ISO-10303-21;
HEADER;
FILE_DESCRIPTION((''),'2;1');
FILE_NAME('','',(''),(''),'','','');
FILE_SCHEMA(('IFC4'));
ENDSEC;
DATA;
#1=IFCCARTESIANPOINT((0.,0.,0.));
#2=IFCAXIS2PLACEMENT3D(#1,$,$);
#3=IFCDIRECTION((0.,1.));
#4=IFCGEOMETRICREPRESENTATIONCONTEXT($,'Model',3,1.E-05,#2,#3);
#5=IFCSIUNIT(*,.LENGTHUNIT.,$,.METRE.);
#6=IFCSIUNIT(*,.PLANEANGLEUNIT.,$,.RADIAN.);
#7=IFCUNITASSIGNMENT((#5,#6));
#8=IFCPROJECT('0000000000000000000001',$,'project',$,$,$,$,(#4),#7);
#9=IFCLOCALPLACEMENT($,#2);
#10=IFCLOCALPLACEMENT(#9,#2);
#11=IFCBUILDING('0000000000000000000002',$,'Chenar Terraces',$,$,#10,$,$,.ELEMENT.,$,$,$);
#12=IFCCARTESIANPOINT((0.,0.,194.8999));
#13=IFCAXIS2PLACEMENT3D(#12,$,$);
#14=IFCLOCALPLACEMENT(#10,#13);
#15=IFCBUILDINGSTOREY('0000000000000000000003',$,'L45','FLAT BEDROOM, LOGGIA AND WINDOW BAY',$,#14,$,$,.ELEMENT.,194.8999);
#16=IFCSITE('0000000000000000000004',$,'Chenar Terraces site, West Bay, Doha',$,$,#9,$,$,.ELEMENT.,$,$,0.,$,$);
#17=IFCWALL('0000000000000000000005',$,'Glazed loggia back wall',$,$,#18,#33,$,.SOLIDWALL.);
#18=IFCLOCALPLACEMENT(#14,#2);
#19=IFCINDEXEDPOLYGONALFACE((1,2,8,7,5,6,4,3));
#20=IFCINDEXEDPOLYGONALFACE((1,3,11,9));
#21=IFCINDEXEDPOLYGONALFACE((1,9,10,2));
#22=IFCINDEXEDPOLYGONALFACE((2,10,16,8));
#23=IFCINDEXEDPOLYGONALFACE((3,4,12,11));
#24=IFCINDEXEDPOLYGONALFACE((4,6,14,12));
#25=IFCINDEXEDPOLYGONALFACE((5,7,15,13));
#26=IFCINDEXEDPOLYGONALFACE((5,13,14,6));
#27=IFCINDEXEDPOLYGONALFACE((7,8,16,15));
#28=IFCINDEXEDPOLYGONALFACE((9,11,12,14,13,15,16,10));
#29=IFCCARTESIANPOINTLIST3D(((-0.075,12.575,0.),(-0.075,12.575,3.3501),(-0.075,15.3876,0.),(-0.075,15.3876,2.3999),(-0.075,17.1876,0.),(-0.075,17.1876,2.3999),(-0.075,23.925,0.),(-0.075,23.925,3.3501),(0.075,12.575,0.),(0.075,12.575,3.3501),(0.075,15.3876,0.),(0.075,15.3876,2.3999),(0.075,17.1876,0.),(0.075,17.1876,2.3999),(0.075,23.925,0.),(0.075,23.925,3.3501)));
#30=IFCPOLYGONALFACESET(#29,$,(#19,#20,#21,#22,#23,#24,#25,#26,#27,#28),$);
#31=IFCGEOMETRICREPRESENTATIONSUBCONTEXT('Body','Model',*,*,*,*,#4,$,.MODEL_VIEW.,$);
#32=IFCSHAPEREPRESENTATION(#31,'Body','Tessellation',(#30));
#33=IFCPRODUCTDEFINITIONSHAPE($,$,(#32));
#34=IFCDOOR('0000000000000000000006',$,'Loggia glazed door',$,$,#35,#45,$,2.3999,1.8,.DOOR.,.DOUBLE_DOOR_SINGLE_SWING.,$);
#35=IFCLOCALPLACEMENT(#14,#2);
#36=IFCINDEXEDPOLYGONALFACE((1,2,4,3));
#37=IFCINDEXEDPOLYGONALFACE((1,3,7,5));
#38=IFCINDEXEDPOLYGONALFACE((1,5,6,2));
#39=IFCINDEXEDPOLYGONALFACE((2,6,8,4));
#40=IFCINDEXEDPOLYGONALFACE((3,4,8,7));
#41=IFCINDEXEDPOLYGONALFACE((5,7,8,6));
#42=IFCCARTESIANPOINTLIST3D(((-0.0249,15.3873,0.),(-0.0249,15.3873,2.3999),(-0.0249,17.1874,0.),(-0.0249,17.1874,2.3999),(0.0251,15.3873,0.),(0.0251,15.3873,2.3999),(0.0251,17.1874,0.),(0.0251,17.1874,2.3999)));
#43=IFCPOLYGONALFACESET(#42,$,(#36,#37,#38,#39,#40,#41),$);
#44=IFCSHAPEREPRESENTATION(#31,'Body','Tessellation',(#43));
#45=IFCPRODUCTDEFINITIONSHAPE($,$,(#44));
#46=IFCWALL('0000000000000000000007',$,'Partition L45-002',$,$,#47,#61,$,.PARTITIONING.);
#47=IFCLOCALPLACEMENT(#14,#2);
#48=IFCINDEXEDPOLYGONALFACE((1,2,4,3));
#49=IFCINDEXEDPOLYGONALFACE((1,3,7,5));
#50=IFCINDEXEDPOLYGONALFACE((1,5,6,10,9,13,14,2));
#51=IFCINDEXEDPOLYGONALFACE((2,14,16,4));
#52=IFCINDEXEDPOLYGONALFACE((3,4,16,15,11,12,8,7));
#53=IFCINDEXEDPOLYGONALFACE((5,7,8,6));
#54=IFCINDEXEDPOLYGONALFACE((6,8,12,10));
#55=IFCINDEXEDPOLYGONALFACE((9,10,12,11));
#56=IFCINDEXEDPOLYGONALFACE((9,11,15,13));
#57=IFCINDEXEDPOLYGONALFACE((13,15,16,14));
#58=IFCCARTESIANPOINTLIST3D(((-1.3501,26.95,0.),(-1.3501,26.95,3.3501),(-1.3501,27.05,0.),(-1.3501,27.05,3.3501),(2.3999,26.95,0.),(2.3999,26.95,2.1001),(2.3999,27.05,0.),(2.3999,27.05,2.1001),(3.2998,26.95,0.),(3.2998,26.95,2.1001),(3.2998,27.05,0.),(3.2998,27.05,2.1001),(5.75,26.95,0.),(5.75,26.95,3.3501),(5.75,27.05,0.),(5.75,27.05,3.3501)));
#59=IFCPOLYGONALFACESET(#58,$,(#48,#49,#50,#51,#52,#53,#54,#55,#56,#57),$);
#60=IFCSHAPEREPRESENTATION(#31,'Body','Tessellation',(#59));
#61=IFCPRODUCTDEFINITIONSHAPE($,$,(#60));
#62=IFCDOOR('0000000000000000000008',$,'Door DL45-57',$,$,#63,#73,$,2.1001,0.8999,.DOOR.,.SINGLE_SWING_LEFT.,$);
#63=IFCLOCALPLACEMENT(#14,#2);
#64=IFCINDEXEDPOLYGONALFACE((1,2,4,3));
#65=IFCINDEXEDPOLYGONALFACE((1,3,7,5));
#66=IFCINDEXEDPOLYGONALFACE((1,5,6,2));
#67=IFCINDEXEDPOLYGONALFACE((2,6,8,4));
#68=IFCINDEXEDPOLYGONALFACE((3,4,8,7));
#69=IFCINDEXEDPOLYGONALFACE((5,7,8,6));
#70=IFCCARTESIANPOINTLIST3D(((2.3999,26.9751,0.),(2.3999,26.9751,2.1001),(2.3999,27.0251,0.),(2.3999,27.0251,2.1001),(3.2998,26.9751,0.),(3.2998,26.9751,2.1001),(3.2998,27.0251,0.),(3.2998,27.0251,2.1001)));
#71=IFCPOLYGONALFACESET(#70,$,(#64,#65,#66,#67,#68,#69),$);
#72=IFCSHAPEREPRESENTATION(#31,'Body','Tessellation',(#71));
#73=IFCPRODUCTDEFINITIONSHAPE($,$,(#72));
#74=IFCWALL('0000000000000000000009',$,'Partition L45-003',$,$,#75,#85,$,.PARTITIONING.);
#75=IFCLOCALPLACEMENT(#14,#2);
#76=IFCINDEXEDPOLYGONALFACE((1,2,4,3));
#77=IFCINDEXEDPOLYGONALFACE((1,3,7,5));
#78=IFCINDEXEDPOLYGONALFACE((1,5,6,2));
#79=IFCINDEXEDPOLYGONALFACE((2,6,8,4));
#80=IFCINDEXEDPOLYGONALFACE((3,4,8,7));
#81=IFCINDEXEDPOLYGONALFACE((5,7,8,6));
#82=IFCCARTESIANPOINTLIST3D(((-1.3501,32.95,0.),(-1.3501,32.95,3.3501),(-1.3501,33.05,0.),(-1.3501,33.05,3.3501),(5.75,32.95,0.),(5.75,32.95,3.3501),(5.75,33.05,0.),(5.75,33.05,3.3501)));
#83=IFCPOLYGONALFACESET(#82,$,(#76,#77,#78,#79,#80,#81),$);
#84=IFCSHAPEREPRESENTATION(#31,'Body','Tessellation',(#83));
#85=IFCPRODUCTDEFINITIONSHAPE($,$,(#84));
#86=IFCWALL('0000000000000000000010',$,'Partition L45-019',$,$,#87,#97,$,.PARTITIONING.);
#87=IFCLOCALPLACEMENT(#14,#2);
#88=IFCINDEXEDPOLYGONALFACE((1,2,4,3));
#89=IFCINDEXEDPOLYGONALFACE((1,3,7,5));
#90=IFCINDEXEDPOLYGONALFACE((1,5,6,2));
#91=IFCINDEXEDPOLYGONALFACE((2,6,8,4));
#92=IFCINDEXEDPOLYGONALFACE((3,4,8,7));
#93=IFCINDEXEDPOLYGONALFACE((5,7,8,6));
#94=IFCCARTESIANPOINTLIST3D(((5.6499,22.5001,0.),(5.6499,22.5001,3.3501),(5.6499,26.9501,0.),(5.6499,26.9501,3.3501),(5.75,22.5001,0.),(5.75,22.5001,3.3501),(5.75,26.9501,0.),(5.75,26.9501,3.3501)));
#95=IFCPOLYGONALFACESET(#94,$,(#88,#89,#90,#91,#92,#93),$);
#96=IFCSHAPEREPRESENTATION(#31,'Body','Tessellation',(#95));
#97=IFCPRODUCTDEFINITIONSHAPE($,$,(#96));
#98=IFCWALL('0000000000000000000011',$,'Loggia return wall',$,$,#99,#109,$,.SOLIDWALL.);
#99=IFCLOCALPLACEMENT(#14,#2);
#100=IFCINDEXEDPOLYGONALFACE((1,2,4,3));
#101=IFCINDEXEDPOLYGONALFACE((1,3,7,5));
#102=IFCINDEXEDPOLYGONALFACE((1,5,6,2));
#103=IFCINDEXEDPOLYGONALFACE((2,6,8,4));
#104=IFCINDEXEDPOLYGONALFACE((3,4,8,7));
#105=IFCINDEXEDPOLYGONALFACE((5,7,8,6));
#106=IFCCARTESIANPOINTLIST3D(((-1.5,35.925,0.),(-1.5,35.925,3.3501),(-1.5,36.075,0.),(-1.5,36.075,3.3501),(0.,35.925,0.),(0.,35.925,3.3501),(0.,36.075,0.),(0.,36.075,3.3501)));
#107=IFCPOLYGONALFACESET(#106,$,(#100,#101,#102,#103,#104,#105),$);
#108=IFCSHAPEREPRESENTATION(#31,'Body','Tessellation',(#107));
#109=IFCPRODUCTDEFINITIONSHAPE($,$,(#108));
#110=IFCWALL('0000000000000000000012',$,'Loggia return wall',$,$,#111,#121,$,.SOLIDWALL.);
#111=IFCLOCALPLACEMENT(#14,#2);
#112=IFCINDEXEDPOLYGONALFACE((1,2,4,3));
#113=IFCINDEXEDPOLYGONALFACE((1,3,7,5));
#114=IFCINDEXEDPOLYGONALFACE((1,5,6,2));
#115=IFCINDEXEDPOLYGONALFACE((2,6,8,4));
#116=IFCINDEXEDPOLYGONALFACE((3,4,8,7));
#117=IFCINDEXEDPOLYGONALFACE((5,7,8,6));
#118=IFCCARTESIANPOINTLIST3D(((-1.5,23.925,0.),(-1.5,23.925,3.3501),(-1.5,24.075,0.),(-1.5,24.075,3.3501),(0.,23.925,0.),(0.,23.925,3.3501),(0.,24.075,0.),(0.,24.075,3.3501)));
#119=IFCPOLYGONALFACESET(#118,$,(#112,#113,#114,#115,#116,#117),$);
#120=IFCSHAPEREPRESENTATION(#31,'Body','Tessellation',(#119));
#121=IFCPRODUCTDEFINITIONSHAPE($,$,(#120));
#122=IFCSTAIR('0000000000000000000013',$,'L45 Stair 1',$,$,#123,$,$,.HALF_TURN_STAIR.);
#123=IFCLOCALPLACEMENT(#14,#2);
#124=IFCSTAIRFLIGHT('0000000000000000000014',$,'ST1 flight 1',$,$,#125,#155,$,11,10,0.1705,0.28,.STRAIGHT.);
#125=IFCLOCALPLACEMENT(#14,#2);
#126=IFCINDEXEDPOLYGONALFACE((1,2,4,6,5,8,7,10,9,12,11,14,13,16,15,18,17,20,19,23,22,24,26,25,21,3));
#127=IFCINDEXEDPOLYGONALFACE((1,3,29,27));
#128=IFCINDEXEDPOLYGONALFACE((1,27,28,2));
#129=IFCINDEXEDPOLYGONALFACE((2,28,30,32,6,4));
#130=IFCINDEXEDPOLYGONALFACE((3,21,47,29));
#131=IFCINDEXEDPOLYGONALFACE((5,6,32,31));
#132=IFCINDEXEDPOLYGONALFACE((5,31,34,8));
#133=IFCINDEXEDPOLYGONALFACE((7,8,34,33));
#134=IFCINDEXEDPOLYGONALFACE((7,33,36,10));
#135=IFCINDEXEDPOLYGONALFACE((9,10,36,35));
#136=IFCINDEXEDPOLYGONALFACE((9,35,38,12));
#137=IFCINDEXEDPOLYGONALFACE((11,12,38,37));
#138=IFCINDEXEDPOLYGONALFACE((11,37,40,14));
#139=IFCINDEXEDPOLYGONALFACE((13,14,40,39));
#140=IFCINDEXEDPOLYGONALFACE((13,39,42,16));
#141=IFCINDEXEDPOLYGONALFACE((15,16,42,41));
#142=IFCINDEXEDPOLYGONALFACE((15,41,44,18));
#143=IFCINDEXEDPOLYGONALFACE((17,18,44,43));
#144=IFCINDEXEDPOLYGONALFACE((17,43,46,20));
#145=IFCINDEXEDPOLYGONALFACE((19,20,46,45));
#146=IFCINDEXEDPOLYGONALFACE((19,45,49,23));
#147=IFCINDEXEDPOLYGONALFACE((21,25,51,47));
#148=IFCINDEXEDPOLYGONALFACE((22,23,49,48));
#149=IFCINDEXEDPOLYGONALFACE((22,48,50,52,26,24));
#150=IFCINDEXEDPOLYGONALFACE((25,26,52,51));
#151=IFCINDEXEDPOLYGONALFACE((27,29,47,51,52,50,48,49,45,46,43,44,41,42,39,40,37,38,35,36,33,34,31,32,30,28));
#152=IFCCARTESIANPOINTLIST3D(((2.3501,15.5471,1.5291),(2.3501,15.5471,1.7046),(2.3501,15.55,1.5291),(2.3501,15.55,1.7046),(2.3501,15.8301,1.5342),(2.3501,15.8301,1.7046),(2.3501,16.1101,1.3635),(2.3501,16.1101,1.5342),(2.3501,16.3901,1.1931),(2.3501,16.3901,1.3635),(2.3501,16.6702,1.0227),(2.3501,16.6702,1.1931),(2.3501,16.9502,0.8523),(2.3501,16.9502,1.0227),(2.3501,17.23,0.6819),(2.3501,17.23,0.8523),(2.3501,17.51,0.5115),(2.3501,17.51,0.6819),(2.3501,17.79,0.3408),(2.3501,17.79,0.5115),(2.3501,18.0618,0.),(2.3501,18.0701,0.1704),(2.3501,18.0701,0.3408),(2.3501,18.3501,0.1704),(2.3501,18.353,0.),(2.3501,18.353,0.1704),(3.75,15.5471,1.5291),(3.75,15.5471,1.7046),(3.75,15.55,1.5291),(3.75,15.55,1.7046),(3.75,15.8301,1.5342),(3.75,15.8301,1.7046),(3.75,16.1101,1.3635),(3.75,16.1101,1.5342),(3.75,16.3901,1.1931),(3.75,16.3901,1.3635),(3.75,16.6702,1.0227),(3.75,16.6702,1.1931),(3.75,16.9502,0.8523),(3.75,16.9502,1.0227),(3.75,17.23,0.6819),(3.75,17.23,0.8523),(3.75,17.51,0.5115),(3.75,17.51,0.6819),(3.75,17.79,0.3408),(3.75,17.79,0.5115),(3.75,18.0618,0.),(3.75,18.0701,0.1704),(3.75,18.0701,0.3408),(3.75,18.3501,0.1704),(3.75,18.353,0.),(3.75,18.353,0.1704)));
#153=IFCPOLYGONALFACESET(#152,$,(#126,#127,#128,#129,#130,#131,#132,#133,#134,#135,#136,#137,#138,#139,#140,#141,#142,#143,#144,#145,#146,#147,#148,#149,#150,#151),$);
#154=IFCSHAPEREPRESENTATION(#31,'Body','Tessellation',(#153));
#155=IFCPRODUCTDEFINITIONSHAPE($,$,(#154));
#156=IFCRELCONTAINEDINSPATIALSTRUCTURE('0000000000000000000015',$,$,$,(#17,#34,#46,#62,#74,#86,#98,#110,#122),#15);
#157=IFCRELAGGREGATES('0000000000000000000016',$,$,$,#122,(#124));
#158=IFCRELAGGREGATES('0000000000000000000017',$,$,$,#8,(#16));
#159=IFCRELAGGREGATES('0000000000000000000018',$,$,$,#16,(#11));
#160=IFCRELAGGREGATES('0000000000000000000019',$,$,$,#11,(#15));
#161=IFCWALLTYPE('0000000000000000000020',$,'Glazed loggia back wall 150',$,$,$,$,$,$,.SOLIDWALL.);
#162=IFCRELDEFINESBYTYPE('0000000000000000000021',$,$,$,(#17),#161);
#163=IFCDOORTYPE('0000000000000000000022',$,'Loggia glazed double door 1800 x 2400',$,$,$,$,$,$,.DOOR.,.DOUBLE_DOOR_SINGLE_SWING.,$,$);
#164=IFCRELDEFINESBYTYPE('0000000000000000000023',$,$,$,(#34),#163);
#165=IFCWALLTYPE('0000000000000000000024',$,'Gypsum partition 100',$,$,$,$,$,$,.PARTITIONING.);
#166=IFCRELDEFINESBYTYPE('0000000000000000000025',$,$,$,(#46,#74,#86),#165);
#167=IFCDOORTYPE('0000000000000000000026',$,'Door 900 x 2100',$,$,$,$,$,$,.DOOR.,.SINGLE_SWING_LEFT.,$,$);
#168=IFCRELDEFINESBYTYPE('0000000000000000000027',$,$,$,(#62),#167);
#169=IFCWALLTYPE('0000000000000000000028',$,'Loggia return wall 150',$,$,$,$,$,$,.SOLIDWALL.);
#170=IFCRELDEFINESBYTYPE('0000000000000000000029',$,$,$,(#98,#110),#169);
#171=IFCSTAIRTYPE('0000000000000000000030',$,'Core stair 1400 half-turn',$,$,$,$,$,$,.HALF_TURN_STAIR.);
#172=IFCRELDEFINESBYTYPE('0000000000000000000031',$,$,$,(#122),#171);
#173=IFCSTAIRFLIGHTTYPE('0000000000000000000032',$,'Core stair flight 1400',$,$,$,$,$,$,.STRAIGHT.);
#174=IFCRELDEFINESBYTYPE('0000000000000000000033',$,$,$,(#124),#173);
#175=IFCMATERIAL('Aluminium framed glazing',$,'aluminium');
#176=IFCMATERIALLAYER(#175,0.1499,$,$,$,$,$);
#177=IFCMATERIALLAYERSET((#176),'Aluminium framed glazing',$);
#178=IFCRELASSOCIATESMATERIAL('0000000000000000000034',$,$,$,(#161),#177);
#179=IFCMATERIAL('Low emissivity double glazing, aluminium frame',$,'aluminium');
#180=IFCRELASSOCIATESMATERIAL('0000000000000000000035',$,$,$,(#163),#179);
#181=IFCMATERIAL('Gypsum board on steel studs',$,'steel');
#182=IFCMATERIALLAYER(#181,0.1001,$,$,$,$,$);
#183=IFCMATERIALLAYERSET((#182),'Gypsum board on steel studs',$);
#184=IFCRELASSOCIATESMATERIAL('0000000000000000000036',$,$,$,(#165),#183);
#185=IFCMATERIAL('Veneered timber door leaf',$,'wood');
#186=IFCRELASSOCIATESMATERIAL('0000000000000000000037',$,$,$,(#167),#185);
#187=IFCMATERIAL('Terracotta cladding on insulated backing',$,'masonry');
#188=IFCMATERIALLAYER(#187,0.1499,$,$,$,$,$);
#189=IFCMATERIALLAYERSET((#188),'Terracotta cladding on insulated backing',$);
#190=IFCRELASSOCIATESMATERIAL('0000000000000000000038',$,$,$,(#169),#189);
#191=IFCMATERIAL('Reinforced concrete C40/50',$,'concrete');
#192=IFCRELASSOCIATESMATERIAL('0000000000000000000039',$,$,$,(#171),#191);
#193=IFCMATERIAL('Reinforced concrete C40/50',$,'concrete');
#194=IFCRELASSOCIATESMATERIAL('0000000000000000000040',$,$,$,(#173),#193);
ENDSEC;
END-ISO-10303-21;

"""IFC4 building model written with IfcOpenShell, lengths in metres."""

from ifc_helpers import new_model, si_unit, direction, frame, frame_2d, origin, place, context, subcontext, project, spatial, polyline, rectangle, outline, extrude, material, layer, layer_set, type_object, element, fill, aggregate, save


model = new_model("IFC4")

# Units and contexts
model_context = context("Model", 3, precision=1e-05, world=origin(), true_north=direction((0.0, 1.0)))
body_context = subcontext(model_context, "Body", "Model", "MODEL_VIEW")
ifc_project = project(units=[si_unit("LENGTHUNIT", "METRE"), si_unit("PLANEANGLEUNIT", "RADIAN")], contexts=[model_context])

# Site, building, storey
site_placement = place(None, origin())
site = spatial("IfcSite", under=ifc_project, at=site_placement, Name="Chenar Terraces site, West Bay, Doha", CompositionType="ELEMENT", RefElevation=0.0)
building_placement = place(site_placement, origin())
building = spatial("IfcBuilding", under=site, at=building_placement, Name="Chenar Terraces", CompositionType="ELEMENT")
storey_placement = place(building_placement, frame((0.0, 0.0, 194.8999)))
storey = spatial("IfcBuildingStorey", under=building, at=storey_placement, Name="L45", Description="FLAT BEDROOM, LOGGIA AND WINDOW BAY", CompositionType="ELEMENT", Elevation=194.8999)

# Walls, openings, doors
ifc_material_1 = material(Name="Aluminium framed glazing", Category="aluminium")
ifc_layer_1 = layer(ifc_material_1, 0.1499)
ifc_layer_set_1 = layer_set([ifc_layer_1], Name="Aluminium framed glazing")
wall_type_1 = type_object("IfcWallType", Name="Glazed loggia back wall 150", PredefinedType="SOLIDWALL", material=ifc_layer_set_1)
wall_1_placement = place(storey_placement, frame((0.0, 23.925, 0.0), z_axis=(0.0, 0.0, 1.0), x_axis=(0.0, -1.0, 0.0)))
wall_1 = element("IfcWall", 1, at=wall_1_placement, inside=storey, type_object=wall_type_1, Name="Glazed loggia back wall", PredefinedType="SOLIDWALL", context=body_context, shape_type="SweptSolid", body=[
    extrude(rectangle(XDim=11.3501, YDim=0.1499, at=frame_2d((5.675, 0.0))), origin(), (0.0, 0.0, 1.0), 3.3501),
])
opening_1_placement = place(wall_1_placement, frame((6.7375, 0.0, 0.0)))
opening_1 = element("IfcOpeningElement", 2, at=opening_1_placement, cuts=wall_1, PredefinedType="OPENING", context=body_context, shape_type="SweptSolid", body=[
    extrude(rectangle(XDim=1.8, YDim=2.3999, at=frame_2d((0.8999, 1.2))), frame((0.0, 0.085, 0.0), z_axis=(0.0, -1.0, 0.0), x_axis=(1.0, 0.0, 0.0)), (0.0, 0.0, 1.0), 0.1699),
])
ifc_material_2 = material(Name="Low emissivity double glazing, aluminium frame", Category="aluminium")
door_type_1 = type_object("IfcDoorType", Name="Loggia glazed double door 1800 x 2400", OperationType="DOUBLE_DOOR_SINGLE_SWING", PredefinedType="DOOR", material=ifc_material_2)
door_1_placement = place(opening_1_placement, frame((1.8, 0.0, 0.0), z_axis=(0.0, 0.0, 1.0), x_axis=(-1.0, 0.0, 0.0)))
door_1 = element("IfcDoor", 3, at=door_1_placement, inside=storey, type_object=door_type_1, Name="Loggia glazed door", OperationType="DOUBLE_DOOR_SINGLE_SWING", OverallHeight=2.3999, OverallWidth=1.8, PredefinedType="DOOR", context=body_context, shape_type="SweptSolid", body=[
    extrude(rectangle(XDim=1.8, YDim=2.3999, at=frame_2d((0.8999, 1.2))), frame((0.0, 0.0249, 0.0), z_axis=(0.0, -1.0, 0.0), x_axis=(1.0, 0.0, 0.0)), (0.0, 0.0, 1.0), 0.05),
])
fill(opening_1, door_1)
ifc_material_3 = material(Name="Gypsum board on steel studs", Category="steel")
ifc_layer_2 = layer(ifc_material_3, 0.1001)
ifc_layer_set_2 = layer_set([ifc_layer_2], Name="Gypsum board on steel studs")
wall_type_2 = type_object("IfcWallType", Name="Gypsum partition 100", PredefinedType="PARTITIONING", material=ifc_layer_set_2)
wall_2_placement = place(storey_placement, frame((-1.3501, 27.0, 0.0), z_axis=(0.0, 0.0, 1.0), x_axis=(1.0, 0.0, 0.0)))
wall_2 = element("IfcWall", 4, at=wall_2_placement, inside=storey, type_object=wall_type_2, Name="Partition L45-002", PredefinedType="PARTITIONING", context=body_context, shape_type="SweptSolid", body=[
    extrude(rectangle(XDim=7.1001, YDim=0.1001, at=frame_2d((3.55, 0.0))), origin(), (0.0, 0.0, 1.0), 3.3501),
])
opening_2_placement = place(wall_2_placement, frame((3.75, 0.0, 0.0)))
opening_2 = element("IfcOpeningElement", 5, at=opening_2_placement, cuts=wall_2, PredefinedType="OPENING", context=body_context, shape_type="SweptSolid", body=[
    extrude(rectangle(XDim=0.8999, YDim=2.1001, at=frame_2d((0.45, 1.05))), frame((0.0, 0.0601, 0.0), z_axis=(0.0, -1.0, 0.0), x_axis=(1.0, 0.0, 0.0)), (0.0, 0.0, 1.0), 0.1201),
])
ifc_material_4 = material(Name="Veneered timber door leaf", Category="wood")
door_type_2 = type_object("IfcDoorType", Name="Door 900 x 2100", OperationType="SINGLE_SWING_LEFT", PredefinedType="DOOR", material=ifc_material_4)
door_2_placement = place(opening_2_placement, frame((0.8999, 0.0, 0.0), z_axis=(0.0, 0.0, 1.0), x_axis=(-1.0, 0.0, 0.0)))
door_2 = element("IfcDoor", 6, at=door_2_placement, inside=storey, type_object=door_type_2, Name="Door DL45-57", OperationType="SINGLE_SWING_LEFT", OverallHeight=2.1001, OverallWidth=0.8999, PredefinedType="DOOR", context=body_context, shape_type="SweptSolid", body=[
    extrude(rectangle(XDim=0.8999, YDim=2.1001, at=frame_2d((0.45, 1.05))), frame((0.0, 0.0249, 0.0), z_axis=(0.0, -1.0, 0.0), x_axis=(1.0, 0.0, 0.0)), (0.0, 0.0, 1.0), 0.05),
])
fill(opening_2, door_2)

# Walls
wall_3_placement = place(storey_placement, frame((-1.3501, 33.0, 0.0), z_axis=(0.0, 0.0, 1.0), x_axis=(1.0, 0.0, 0.0)))
element("IfcWall", 7, at=wall_3_placement, inside=storey, type_object=wall_type_2, Name="Partition L45-003", PredefinedType="PARTITIONING", context=body_context, shape_type="SweptSolid", body=[
    extrude(rectangle(XDim=7.1001, YDim=0.1001, at=frame_2d((3.55, 0.0))), origin(), (0.0, 0.0, 1.0), 3.3501),
])
wall_4_placement = place(storey_placement, frame((5.7, 22.5, 0.0), z_axis=(0.0, 0.0, 1.0), x_axis=(0.0, 1.0, 0.0)))
element("IfcWall", 8, at=wall_4_placement, inside=storey, type_object=wall_type_2, Name="Partition L45-019", PredefinedType="PARTITIONING", context=body_context, shape_type="SweptSolid", body=[
    extrude(rectangle(XDim=4.45, YDim=0.1001, at=frame_2d((2.2251, 0.0))), origin(), (0.0, 0.0, 1.0), 3.3501),
])
ifc_material_5 = material(Name="Terracotta cladding on insulated backing", Category="masonry")
ifc_layer_3 = layer(ifc_material_5, 0.1499)
ifc_layer_set_3 = layer_set([ifc_layer_3], Name="Terracotta cladding on insulated backing")
wall_type_3 = type_object("IfcWallType", Name="Loggia return wall 150", PredefinedType="SOLIDWALL", material=ifc_layer_set_3)
for number, where, z_axis, x_axis, name in (
    (9, (-1.5, 36.0, 0.0), (0.0, 0.0, 1.0), (1.0, 0.0, 0.0), "Loggia return wall"),
    (10, (-1.5, 24.0, 0.0), (0.0, 0.0, 1.0), (1.0, 0.0, 0.0), "Loggia return wall"),
):
    element("IfcWall", number, at=place(storey_placement, frame(where, z_axis=z_axis, x_axis=x_axis)), inside=storey, type_object=wall_type_3, Name=name, PredefinedType="SOLIDWALL", context=body_context, shape_type="SweptSolid", body=[
        extrude(rectangle(XDim=1.5, YDim=0.1499, at=frame_2d((0.75, 0.0))), origin(), (0.0, 0.0, 1.0), 3.3501),
    ])

# Stair, stair flight
ifc_material_6 = material(Name="Reinforced concrete C40/50", Category="concrete")
stair_type = type_object("IfcStairType", Name="Core stair 1400 half-turn", PredefinedType="HALF_TURN_STAIR", material=ifc_material_6)
stair_placement = place(storey_placement, origin())
stair = element("IfcStair", 11, at=stair_placement, inside=storey, type_object=stair_type, Name="L45 Stair 1", PredefinedType="HALF_TURN_STAIR")
ifc_material_7 = material(Name="Reinforced concrete C40/50", Category="concrete")
stair_flight_type = type_object("IfcStairFlightType", Name="Core stair flight 1400", PredefinedType="STRAIGHT", material=ifc_material_7)
stair_flight_placement = place(storey_placement, frame((3.05, 18.3501, 0.0), z_axis=(0.0, 0.0, 1.0), x_axis=(0.0, -1.0, 0.0)))
stair_flight = element("IfcStairFlight", 12, at=stair_flight_placement, type_object=stair_flight_type, Name="ST1 flight 1", NumberOfRisers=11, NumberOfTreads=10, PredefinedType="STRAIGHT", RiserHeight=0.1705, TreadLength=0.28, context=body_context, shape_type="SweptSolid", body=[
    extrude(outline(polyline([(-0.0029, 0.0), (-0.0029, 0.1704), (0.0, 0.1704), (0.28, 0.1704), (0.28, 0.3408), (0.5601, 0.3408), (0.5601, 0.5115), (0.8401, 0.5115), (0.8401, 0.6819), (1.1201, 0.6819), (1.1201, 0.8523), (1.3999, 0.8523), (1.3999, 1.0227), (1.6799, 1.0227), (1.6799, 1.1931), (1.96, 1.1931), (1.96, 1.3635), (2.24, 1.3635), (2.24, 1.5342), (2.52, 1.5342), (2.52, 1.7046), (2.8, 1.7046), (2.803, 1.7046), (2.803, 1.5291), (2.8, 1.5291), (0.2883, 0.0), (-0.0029, 0.0)])), frame((0.0, 0.7, 0.0), z_axis=(0.0, -1.0, 0.0), x_axis=(1.0, 0.0, 0.0)), (0.0, 0.0, 1.0), 1.3999),
])
aggregate(stair, [stair_flight])

save(model, "model.ifc")
